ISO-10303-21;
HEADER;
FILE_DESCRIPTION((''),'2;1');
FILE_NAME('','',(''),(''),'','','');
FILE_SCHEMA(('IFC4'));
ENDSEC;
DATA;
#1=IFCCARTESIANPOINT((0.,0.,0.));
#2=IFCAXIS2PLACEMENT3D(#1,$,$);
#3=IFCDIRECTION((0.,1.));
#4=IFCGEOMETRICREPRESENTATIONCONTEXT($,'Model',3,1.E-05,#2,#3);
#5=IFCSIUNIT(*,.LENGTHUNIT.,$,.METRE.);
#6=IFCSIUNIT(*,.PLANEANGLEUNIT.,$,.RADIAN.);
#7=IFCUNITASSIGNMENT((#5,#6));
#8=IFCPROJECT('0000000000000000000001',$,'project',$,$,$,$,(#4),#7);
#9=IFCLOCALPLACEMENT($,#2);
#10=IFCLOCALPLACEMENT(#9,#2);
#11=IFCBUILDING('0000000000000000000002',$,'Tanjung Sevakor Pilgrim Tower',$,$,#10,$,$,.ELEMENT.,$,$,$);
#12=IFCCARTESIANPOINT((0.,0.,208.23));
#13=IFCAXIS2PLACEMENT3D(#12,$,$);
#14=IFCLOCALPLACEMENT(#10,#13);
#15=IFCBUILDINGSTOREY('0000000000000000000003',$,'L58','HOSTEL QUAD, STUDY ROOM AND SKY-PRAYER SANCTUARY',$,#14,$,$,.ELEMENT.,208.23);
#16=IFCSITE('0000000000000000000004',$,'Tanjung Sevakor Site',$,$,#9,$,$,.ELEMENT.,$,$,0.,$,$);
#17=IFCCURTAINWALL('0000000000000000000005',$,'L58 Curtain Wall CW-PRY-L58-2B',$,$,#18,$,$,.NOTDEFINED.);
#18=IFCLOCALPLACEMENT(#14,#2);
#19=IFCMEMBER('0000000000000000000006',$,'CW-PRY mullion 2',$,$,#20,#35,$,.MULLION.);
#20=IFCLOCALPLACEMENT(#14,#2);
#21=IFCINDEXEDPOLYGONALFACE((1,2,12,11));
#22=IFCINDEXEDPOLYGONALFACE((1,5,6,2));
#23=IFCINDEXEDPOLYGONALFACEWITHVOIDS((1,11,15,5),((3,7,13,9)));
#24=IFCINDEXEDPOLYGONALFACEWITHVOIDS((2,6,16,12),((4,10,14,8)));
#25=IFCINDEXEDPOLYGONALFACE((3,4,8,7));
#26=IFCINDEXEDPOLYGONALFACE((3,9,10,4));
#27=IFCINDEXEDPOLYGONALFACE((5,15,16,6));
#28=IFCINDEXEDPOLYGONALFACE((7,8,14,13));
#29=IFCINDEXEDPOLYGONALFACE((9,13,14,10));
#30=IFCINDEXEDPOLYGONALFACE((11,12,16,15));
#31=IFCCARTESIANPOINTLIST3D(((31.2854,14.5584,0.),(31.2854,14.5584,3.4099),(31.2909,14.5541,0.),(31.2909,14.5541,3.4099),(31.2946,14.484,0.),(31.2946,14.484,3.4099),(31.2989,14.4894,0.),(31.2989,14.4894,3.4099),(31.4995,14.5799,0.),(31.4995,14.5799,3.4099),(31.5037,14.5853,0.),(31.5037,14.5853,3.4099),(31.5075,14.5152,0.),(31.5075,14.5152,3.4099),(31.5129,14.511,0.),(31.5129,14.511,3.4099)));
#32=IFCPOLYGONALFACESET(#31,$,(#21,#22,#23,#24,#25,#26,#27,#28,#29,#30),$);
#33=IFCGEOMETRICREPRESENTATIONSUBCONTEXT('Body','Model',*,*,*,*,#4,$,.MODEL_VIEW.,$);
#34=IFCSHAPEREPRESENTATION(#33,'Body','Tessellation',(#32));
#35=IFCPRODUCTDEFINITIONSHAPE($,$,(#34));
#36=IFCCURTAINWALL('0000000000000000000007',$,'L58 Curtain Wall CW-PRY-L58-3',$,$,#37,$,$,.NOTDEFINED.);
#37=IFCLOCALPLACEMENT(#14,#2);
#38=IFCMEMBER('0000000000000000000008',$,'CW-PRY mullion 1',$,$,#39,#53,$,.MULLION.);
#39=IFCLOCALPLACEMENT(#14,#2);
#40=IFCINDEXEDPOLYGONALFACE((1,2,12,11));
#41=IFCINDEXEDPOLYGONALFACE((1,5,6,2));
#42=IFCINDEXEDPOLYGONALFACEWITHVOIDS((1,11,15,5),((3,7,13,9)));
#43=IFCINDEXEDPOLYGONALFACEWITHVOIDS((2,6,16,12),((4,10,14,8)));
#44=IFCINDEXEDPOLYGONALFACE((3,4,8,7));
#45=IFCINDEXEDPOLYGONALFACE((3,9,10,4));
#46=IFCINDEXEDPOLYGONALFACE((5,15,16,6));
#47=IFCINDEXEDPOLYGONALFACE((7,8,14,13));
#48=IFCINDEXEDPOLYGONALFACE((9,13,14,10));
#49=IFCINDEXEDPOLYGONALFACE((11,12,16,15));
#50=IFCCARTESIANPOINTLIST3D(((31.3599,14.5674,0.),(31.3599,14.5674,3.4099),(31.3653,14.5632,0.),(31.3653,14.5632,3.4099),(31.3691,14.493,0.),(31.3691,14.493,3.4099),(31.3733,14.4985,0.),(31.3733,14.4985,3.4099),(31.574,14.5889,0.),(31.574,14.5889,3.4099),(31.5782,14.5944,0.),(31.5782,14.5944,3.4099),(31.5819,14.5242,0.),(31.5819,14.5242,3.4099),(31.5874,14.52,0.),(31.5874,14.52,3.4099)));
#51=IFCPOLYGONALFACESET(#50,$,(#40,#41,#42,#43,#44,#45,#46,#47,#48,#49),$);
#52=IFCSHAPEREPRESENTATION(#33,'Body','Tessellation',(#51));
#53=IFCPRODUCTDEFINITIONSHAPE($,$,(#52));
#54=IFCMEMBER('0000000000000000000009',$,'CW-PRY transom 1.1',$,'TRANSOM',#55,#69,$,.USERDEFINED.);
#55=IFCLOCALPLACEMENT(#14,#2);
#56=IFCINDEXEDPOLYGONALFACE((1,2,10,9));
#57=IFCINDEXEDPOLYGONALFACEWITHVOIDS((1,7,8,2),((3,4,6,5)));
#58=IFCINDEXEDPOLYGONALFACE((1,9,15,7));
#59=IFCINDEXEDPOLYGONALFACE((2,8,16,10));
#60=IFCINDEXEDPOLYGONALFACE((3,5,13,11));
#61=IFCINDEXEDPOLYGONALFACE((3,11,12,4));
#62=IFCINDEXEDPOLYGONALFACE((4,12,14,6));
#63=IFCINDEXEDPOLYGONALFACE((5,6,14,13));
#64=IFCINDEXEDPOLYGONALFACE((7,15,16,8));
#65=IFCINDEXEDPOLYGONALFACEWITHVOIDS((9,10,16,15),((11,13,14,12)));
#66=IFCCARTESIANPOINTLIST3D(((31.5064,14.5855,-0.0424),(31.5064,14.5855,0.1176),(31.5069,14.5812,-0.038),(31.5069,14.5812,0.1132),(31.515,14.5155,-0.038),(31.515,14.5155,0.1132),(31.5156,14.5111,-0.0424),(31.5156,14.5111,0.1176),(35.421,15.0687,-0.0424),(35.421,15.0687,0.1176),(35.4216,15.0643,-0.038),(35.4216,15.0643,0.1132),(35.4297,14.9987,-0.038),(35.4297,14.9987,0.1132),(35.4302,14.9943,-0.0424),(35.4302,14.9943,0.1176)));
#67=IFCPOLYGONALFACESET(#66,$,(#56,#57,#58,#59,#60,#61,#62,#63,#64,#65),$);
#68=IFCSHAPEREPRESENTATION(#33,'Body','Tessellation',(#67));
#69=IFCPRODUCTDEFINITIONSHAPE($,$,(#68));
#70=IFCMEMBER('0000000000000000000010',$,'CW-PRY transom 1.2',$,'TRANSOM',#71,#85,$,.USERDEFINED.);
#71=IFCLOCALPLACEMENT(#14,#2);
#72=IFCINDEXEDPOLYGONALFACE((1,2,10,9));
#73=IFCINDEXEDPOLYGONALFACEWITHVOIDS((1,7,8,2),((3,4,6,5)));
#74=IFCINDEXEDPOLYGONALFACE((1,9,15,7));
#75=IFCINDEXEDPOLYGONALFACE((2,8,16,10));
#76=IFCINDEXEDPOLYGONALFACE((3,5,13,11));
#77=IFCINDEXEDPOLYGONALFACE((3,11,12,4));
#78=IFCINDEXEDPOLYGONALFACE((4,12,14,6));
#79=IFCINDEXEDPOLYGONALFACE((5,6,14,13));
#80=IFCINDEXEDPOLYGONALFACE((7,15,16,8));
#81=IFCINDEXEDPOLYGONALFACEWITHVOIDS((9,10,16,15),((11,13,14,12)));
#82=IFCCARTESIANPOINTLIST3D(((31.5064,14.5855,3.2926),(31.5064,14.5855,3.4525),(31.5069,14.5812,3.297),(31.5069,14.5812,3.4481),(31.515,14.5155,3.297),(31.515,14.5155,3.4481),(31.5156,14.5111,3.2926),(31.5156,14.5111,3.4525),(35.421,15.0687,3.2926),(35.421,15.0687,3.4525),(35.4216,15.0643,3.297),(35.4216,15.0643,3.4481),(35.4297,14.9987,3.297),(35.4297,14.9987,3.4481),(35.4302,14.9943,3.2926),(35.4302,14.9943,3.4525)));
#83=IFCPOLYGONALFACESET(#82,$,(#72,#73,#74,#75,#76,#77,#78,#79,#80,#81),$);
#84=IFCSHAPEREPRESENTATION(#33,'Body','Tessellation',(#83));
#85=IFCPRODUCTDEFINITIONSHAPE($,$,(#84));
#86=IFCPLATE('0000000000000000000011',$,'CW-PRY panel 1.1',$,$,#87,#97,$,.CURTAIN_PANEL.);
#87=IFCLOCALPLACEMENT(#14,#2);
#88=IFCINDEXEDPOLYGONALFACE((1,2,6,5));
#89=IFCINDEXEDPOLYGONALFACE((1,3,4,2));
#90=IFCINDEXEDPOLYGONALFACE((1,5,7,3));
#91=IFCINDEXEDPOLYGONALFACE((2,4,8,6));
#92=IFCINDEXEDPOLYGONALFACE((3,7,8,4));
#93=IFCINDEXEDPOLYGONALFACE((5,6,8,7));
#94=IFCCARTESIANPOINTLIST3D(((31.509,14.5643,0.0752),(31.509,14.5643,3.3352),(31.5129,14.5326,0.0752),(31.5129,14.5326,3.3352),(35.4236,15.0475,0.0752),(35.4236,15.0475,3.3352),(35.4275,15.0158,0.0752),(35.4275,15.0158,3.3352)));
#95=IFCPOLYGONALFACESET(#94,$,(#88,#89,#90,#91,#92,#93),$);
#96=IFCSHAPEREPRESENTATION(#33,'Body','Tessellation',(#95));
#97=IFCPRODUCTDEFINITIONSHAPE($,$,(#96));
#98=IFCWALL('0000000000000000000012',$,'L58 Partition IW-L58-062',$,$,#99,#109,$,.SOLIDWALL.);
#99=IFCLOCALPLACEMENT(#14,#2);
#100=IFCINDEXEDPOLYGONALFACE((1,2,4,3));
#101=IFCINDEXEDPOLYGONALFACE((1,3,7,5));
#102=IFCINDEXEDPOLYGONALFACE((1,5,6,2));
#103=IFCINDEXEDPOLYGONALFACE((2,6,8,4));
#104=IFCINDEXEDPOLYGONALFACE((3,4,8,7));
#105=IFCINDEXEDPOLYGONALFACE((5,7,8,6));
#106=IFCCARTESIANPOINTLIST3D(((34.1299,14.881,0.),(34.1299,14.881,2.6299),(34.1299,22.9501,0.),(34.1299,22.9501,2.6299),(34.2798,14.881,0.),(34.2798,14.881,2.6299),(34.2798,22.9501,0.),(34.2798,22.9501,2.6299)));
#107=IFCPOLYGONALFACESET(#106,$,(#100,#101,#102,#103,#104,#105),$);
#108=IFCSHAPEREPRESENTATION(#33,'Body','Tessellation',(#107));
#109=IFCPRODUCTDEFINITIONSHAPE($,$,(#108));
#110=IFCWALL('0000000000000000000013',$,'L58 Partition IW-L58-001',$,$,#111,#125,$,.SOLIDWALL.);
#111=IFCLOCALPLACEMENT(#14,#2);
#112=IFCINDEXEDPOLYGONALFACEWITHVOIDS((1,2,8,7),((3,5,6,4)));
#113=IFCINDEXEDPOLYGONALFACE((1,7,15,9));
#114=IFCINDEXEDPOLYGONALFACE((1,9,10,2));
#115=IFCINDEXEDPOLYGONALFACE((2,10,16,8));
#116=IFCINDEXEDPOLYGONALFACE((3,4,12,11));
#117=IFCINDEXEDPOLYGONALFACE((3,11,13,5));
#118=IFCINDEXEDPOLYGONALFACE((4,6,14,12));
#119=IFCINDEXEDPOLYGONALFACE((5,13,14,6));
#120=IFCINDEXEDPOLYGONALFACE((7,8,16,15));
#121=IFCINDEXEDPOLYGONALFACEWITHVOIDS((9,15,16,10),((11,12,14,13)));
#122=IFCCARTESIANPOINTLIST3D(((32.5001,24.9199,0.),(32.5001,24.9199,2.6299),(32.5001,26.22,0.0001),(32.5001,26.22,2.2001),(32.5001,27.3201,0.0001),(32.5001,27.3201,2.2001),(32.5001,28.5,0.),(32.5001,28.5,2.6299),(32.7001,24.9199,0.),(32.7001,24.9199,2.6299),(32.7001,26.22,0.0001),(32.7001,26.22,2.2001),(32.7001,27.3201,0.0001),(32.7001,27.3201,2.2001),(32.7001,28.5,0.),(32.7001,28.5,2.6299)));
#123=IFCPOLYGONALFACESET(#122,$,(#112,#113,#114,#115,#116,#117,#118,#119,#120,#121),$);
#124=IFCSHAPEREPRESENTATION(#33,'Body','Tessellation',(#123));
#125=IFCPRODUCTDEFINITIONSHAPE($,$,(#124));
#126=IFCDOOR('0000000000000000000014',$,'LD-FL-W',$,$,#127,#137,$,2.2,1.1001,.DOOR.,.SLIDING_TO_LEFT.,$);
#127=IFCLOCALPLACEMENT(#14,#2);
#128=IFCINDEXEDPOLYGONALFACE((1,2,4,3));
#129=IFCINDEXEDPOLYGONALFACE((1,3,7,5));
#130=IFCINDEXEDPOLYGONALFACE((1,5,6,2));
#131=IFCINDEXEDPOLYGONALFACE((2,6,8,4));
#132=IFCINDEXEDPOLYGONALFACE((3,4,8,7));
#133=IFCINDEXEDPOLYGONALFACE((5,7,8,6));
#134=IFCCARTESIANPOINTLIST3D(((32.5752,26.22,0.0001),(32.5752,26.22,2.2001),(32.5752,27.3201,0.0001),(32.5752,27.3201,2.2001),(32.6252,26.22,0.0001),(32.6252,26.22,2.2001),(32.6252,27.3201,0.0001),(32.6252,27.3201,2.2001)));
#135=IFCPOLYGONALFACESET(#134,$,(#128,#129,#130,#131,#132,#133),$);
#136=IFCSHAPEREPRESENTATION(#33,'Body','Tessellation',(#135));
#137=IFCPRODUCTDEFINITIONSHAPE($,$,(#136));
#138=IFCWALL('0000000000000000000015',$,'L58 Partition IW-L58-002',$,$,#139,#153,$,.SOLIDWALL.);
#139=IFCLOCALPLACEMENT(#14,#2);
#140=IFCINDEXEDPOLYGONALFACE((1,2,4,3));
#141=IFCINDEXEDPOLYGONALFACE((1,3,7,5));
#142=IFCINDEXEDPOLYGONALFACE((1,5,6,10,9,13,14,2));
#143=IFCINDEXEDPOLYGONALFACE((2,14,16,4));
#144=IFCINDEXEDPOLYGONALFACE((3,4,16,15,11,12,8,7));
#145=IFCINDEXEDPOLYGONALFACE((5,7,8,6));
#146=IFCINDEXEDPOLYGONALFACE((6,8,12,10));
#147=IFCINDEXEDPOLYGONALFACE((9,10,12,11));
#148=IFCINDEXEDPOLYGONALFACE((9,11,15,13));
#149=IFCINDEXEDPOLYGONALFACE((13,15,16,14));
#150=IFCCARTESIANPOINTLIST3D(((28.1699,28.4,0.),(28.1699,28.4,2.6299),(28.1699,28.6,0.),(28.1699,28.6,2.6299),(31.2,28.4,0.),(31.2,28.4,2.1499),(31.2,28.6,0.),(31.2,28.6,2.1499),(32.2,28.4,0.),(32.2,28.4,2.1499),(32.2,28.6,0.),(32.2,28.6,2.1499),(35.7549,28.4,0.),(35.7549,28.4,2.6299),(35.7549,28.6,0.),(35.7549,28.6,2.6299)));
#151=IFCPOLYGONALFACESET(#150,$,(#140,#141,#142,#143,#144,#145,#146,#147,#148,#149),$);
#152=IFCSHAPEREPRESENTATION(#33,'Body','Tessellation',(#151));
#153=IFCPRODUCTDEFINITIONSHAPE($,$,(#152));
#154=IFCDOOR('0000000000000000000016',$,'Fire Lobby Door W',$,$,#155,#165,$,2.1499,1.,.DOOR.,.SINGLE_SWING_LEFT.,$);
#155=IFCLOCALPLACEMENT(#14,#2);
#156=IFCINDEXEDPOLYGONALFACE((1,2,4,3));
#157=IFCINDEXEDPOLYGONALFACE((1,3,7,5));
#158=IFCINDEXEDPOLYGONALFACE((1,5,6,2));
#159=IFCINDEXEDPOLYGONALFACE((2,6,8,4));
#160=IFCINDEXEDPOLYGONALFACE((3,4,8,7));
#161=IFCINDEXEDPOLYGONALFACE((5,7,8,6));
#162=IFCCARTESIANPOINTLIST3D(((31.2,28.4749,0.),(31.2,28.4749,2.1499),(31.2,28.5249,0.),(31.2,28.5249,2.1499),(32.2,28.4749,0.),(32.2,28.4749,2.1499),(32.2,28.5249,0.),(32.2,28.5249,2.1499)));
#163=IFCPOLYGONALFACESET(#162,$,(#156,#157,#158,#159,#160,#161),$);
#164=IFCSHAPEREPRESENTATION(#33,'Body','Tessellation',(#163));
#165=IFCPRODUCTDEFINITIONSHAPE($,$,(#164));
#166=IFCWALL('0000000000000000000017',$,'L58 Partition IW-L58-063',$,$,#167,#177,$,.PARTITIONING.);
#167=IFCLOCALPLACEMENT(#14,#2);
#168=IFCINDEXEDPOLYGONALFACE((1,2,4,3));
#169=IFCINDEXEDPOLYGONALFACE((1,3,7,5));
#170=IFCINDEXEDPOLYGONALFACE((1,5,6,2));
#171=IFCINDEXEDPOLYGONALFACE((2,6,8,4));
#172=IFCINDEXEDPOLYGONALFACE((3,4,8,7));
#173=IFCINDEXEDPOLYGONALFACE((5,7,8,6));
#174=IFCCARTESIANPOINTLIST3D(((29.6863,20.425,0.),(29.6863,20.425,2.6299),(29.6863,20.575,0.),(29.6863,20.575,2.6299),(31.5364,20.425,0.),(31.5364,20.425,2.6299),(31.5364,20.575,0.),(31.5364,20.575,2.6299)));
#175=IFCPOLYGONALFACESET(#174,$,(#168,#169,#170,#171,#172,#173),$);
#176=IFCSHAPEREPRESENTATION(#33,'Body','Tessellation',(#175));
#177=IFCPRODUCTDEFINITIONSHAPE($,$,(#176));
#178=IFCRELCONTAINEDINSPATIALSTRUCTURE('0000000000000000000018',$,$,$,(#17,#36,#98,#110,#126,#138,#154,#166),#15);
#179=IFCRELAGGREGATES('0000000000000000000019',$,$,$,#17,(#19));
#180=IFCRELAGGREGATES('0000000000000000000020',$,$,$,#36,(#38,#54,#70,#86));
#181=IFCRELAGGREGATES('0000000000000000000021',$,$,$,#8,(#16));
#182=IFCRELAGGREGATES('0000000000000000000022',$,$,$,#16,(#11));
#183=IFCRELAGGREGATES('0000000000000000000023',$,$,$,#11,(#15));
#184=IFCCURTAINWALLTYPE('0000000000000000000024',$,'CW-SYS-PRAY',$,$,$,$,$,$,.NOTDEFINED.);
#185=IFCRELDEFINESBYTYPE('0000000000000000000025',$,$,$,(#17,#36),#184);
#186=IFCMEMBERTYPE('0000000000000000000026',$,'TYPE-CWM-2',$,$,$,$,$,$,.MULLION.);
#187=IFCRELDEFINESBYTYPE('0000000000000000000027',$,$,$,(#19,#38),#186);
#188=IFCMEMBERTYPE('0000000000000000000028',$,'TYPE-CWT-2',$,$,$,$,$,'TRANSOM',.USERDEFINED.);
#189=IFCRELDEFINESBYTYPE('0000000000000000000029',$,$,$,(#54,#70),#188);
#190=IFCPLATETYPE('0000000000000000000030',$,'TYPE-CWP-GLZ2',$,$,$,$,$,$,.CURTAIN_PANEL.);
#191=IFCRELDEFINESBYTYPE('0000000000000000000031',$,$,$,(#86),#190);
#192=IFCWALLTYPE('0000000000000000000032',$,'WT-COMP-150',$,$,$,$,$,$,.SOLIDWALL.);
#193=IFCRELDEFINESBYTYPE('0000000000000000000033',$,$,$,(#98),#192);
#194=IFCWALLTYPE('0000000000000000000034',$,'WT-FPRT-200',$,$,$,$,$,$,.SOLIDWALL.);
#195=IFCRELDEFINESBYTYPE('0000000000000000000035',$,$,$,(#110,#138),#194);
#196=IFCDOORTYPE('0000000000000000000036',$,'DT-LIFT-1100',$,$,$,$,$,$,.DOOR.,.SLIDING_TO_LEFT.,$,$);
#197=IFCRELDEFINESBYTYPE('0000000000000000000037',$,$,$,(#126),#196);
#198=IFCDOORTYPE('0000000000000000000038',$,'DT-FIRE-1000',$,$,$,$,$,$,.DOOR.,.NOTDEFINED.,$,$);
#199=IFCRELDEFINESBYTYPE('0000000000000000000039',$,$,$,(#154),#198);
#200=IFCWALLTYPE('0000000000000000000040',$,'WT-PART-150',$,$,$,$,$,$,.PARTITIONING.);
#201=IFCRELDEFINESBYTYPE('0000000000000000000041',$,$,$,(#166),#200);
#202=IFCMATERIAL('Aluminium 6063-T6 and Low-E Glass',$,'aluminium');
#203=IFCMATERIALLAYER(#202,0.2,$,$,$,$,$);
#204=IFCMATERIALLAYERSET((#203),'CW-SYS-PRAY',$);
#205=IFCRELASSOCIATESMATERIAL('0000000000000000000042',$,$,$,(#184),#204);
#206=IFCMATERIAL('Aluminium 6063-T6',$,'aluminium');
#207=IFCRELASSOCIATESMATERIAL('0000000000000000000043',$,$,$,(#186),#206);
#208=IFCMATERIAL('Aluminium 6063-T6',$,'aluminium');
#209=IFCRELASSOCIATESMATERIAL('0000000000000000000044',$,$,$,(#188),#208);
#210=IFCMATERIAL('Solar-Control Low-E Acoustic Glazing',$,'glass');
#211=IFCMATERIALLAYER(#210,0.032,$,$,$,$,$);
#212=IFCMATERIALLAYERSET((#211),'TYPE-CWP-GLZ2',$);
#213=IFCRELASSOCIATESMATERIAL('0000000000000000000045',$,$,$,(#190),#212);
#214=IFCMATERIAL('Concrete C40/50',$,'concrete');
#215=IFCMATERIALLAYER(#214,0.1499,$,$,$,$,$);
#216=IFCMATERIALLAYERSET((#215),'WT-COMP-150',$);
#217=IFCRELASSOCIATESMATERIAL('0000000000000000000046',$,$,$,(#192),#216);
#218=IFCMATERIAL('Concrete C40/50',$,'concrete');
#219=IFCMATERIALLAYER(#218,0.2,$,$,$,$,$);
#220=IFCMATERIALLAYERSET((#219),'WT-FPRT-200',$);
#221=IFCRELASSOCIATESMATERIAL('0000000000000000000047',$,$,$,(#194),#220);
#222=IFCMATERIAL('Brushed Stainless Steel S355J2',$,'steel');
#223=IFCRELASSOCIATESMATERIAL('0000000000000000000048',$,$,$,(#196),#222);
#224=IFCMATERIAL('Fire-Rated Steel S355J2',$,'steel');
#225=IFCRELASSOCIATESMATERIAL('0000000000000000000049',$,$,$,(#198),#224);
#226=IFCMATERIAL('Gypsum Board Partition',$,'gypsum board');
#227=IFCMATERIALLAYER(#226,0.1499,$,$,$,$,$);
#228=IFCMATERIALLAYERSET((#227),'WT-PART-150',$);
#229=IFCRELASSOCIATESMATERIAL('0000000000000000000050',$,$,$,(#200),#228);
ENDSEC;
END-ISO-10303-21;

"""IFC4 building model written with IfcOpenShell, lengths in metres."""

from ifc_helpers import new_model, si_unit, direction, frame, frame_2d, origin, origin_2d, place, context, subcontext, project, spatial, rectangle, hollow_rectangle, extrude, material, layer, layer_set, material_profile, profile_set, type_object, element, fill, aggregate, save


model = new_model("IFC4")

# Units and contexts
model_context = context("Model", 3, precision=1e-05, world=origin(), true_north=direction((0.0, 1.0)))
body_context = subcontext(model_context, "Body", "Model", "MODEL_VIEW")
ifc_project = project(units=[si_unit("LENGTHUNIT", "METRE"), si_unit("PLANEANGLEUNIT", "RADIAN")], contexts=[model_context])

# Site, building, storey
site_placement = place(None, origin())
site = spatial("IfcSite", under=ifc_project, at=site_placement, Name="Tanjung Sevakor Site", CompositionType="ELEMENT", RefElevation=0.0)
building_placement = place(site_placement, origin())
building = spatial("IfcBuilding", under=site, at=building_placement, Name="Tanjung Sevakor Pilgrim Tower", CompositionType="ELEMENT")
storey_placement = place(building_placement, frame((0.0, 0.0, 208.23)))
storey = spatial("IfcBuildingStorey", under=building, at=storey_placement, Name="L58", Description="HOSTEL QUAD, STUDY ROOM AND SKY-PRAYER SANCTUARY", CompositionType="ELEMENT", Elevation=208.23)

# Curtain wall, member
ifc_material_1 = material(Name="Aluminium 6063-T6 and Low-E Glass", Category="aluminium")
ifc_layer_1 = layer(ifc_material_1, 0.2)
ifc_layer_set_1 = layer_set([ifc_layer_1], Name="CW-SYS-PRAY")
curtain_wall_type = type_object("IfcCurtainWallType", Name="CW-SYS-PRAY", PredefinedType="NOTDEFINED", material=ifc_layer_set_1)
curtain_wall_1_placement = place(storey_placement, origin())
curtain_wall_1 = element("IfcCurtainWall", 1, at=curtain_wall_1_placement, inside=storey, type_object=curtain_wall_type, Name="L58 Curtain Wall CW-PRY-L58-2B", PredefinedType="NOTDEFINED")
ifc_material_2 = material(Name="Aluminium 6063-T6", Category="aluminium")
ifc_material_profile_1 = material_profile(ifc_material_2, hollow_rectangle(XDim=0.075, YDim=0.22, WallThickness=0.0049, at=origin_2d()))
ifc_profile_set_1 = profile_set([ifc_material_profile_1], Name="Aluminium 6063-T6")
member_type_1 = type_object("IfcMemberType", Name="TYPE-CWM-2", PredefinedType="MULLION", material=ifc_profile_set_1)
member_1_placement = place(storey_placement, frame((31.3992, 14.5347, 0.0), z_axis=(0.0, 0.0, 1.0), x_axis=(-0.122524, 0.992466, 0.0)))
member_1 = element("IfcMember", 2, at=member_1_placement, type_object=member_type_1, Name="CW-PRY mullion 2", PredefinedType="MULLION", context=body_context, shape_type="SweptSolid", body=[
    extrude(hollow_rectangle(XDim=0.075, YDim=0.22, WallThickness=0.0049, at=origin_2d()), origin(), (0.0, 0.0, 1.0), 3.4099),
])
aggregate(curtain_wall_1, [member_1])

# Curtain wall, members, plate
curtain_wall_2_placement = place(storey_placement, origin())
curtain_wall_2 = element("IfcCurtainWall", 3, at=curtain_wall_2_placement, inside=storey, type_object=curtain_wall_type, Name="L58 Curtain Wall CW-PRY-L58-3", PredefinedType="NOTDEFINED")
member_2_placement = place(storey_placement, frame((31.4736, 14.5437, 0.0), z_axis=(0.0, 0.0, 1.0), x_axis=(-0.122511, 0.992467, 0.0)))
member_2 = element("IfcMember", 4, at=member_2_placement, type_object=member_type_1, Name="CW-PRY mullion 1", PredefinedType="MULLION", context=body_context, shape_type="SweptSolid", body=[
    extrude(hollow_rectangle(XDim=0.075, YDim=0.22, WallThickness=0.0049, at=origin_2d()), origin(), (0.0, 0.0, 1.0), 3.4099),
])
ifc_material_3 = material(Name="Aluminium 6063-T6", Category="aluminium")
ifc_material_profile_2 = material_profile(ifc_material_3, hollow_rectangle(XDim=0.075, YDim=0.1599, WallThickness=0.0044, at=origin_2d()))
ifc_profile_set_2 = profile_set([ifc_material_profile_2], Name="Aluminium 6063-T6")
member_type_2 = type_object("IfcMemberType", Name="TYPE-CWT-2", ElementType="TRANSOM", PredefinedType="USERDEFINED", material=ifc_profile_set_2)
member_3_placement = place(storey_placement, frame((31.511, 14.5483, 0.0376), z_axis=(0.992469, 0.122496, 0.0), x_axis=(-0.122496, 0.992469, 0.0)))
member_3 = element("IfcMember", 5, at=member_3_placement, type_object=member_type_2, Name="CW-PRY transom 1.1", ObjectType="TRANSOM", PredefinedType="USERDEFINED", context=body_context, shape_type="SweptSolid", body=[
    extrude(hollow_rectangle(XDim=0.075, YDim=0.1599, WallThickness=0.0044, at=origin_2d()), origin(), (0.0, 0.0, 1.0), 3.9443),
])
member_4_placement = place(storey_placement, frame((31.511, 14.5483, 3.3726), z_axis=(0.992469, 0.122496, 0.0), x_axis=(-0.122496, 0.992469, 0.0)))
member_4 = element("IfcMember", 6, at=member_4_placement, type_object=member_type_2, Name="CW-PRY transom 1.2", ObjectType="TRANSOM", PredefinedType="USERDEFINED", context=body_context, shape_type="SweptSolid", body=[
    extrude(hollow_rectangle(XDim=0.075, YDim=0.1599, WallThickness=0.0044, at=origin_2d()), origin(), (0.0, 0.0, 1.0), 3.9443),
])
ifc_material_4 = material(Name="Solar-Control Low-E Acoustic Glazing", Category="glass")
ifc_layer_2 = layer(ifc_material_4, 0.032)
ifc_layer_set_2 = layer_set([ifc_layer_2], Name="TYPE-CWP-GLZ2")
plate_type = type_object("IfcPlateType", Name="TYPE-CWP-GLZ2", PredefinedType="CURTAIN_PANEL", material=ifc_layer_set_2)
plate_placement = place(storey_placement, frame((33.4683, 14.79, 0.0752), z_axis=(0.0, 0.0, 1.0), x_axis=(0.992467, 0.122511, 0.0)))
plate = element("IfcPlate", 7, at=plate_placement, type_object=plate_type, Name="CW-PRY panel 1.1", PredefinedType="CURTAIN_PANEL", context=body_context, shape_type="SweptSolid", body=[
    extrude(rectangle(XDim=3.9443, YDim=0.032, at=origin_2d()), origin(), (0.0, 0.0, 1.0), 3.26),
])
aggregate(curtain_wall_2, [member_2, member_3, member_4, plate])

# Shared definitions
ifc_material_5 = material(Name="Concrete C40/50", Category="concrete")
ifc_layer_3 = layer(ifc_material_5, 0.1499)
ifc_layer_set_3 = layer_set([ifc_layer_3], Name="WT-COMP-150")
wall_type_1 = type_object("IfcWallType", Name="WT-COMP-150", PredefinedType="SOLIDWALL", material=ifc_layer_set_3)

# Wall
wall_1_placement = place(storey_placement, frame((34.2048, 14.8809, 0.0), z_axis=(0.0, 0.0, 1.0), x_axis=(0.0, 1.0, 0.0)))
element("IfcWall", 8, at=wall_1_placement, inside=storey, type_object=wall_type_1, Name="L58 Partition IW-L58-062", PredefinedType="SOLIDWALL", context=body_context, shape_type="SweptSolid", body=[
    extrude(rectangle(XDim=8.0691, YDim=0.1499, at=frame_2d((4.0347, 0.0))), origin(), (0.0, 0.0, 1.0), 2.6299),
])

# Walls, openings, doors
ifc_material_6 = material(Name="Concrete C40/50", Category="concrete")
ifc_layer_4 = layer(ifc_material_6, 0.2)
ifc_layer_set_4 = layer_set([ifc_layer_4], Name="WT-FPRT-200")
wall_type_2 = type_object("IfcWallType", Name="WT-FPRT-200", PredefinedType="SOLIDWALL", material=ifc_layer_set_4)
wall_2_placement = place(storey_placement, frame((32.6001, 24.9199, 0.0), z_axis=(0.0, 0.0, 1.0), x_axis=(0.0, 1.0, 0.0)))
wall_2 = element("IfcWall", 9, at=wall_2_placement, inside=storey, type_object=wall_type_2, Name="L58 Partition IW-L58-001", PredefinedType="SOLIDWALL", context=body_context, shape_type="SweptSolid", body=[
    extrude(rectangle(XDim=3.5801, YDim=0.2, at=frame_2d((1.79, 0.0))), origin(), (0.0, 0.0, 1.0), 2.6299),
])
opening_1_placement = place(wall_2_placement, frame((1.3, 0.0, 0.0)))
opening_1 = element("IfcOpeningElement", 10, at=opening_1_placement, cuts=wall_2, PredefinedType="OPENING", context=body_context, shape_type="SweptSolid", body=[
    extrude(rectangle(XDim=1.1001, YDim=2.2, at=frame_2d((0.55, 1.1001))), frame((0.0, 0.1099, 0.0), z_axis=(0.0, -1.0, 0.0), x_axis=(1.0, 0.0, 0.0)), (0.0, 0.0, 1.0), 0.22),
])
ifc_material_7 = material(Name="Brushed Stainless Steel S355J2", Category="steel")
door_type_1 = type_object("IfcDoorType", Name="DT-LIFT-1100", OperationType="SLIDING_TO_LEFT", PredefinedType="DOOR", material=ifc_material_7)
door_1_placement = place(opening_1_placement, origin())
door_1 = element("IfcDoor", 11, at=door_1_placement, inside=storey, type_object=door_type_1, Name="LD-FL-W", OperationType="SLIDING_TO_LEFT", OverallHeight=2.2, OverallWidth=1.1001, PredefinedType="DOOR", context=body_context, shape_type="SweptSolid", body=[
    extrude(rectangle(XDim=1.1001, YDim=2.2, at=frame_2d((0.55, 1.1001))), frame((0.0, 0.0249, 0.0), z_axis=(0.0, -1.0, 0.0), x_axis=(1.0, 0.0, 0.0)), (0.0, 0.0, 1.0), 0.05),
])
fill(opening_1, door_1)
wall_3_placement = place(storey_placement, frame((28.1699, 28.5, 0.0), z_axis=(0.0, 0.0, 1.0), x_axis=(1.0, 0.0, 0.0)))
wall_3 = element("IfcWall", 12, at=wall_3_placement, inside=storey, type_object=wall_type_2, Name="L58 Partition IW-L58-002", PredefinedType="SOLIDWALL", context=body_context, shape_type="SweptSolid", body=[
    extrude(rectangle(XDim=7.585, YDim=0.2, at=frame_2d((3.7925, 0.0))), origin(), (0.0, 0.0, 1.0), 2.6299),
])
opening_2_placement = place(wall_3_placement, frame((3.03, 0.0, 0.0)))
opening_2 = element("IfcOpeningElement", 13, at=opening_2_placement, cuts=wall_3, PredefinedType="OPENING", context=body_context, shape_type="SweptSolid", body=[
    extrude(rectangle(XDim=1.0, YDim=2.1499, at=frame_2d((0.5, 1.075))), frame((0.0, 0.1099, 0.0), z_axis=(0.0, -1.0, 0.0), x_axis=(1.0, 0.0, 0.0)), (0.0, 0.0, 1.0), 0.22),
])
ifc_material_8 = material(Name="Fire-Rated Steel S355J2", Category="steel")
door_type_2 = type_object("IfcDoorType", Name="DT-FIRE-1000", OperationType="NOTDEFINED", PredefinedType="DOOR", material=ifc_material_8)
door_2_placement = place(opening_2_placement, origin())
door_2 = element("IfcDoor", 14, at=door_2_placement, inside=storey, type_object=door_type_2, Name="Fire Lobby Door W", OperationType="SINGLE_SWING_LEFT", OverallHeight=2.1499, OverallWidth=1.0, PredefinedType="DOOR", context=body_context, shape_type="SweptSolid", body=[
    extrude(rectangle(XDim=1.0, YDim=2.1499, at=frame_2d((0.5, 1.075))), frame((0.0, 0.0249, 0.0), z_axis=(0.0, -1.0, 0.0), x_axis=(1.0, 0.0, 0.0)), (0.0, 0.0, 1.0), 0.05),
])
fill(opening_2, door_2)

# Wall
ifc_material_9 = material(Name="Gypsum Board Partition", Category="gypsum board")
ifc_layer_5 = layer(ifc_material_9, 0.1499)
ifc_layer_set_5 = layer_set([ifc_layer_5], Name="WT-PART-150")
wall_type_3 = type_object("IfcWallType", Name="WT-PART-150", PredefinedType="PARTITIONING", material=ifc_layer_set_5)
wall_4_placement = place(storey_placement, frame((29.6863, 20.5, 0.0), z_axis=(0.0, 0.0, 1.0), x_axis=(1.0, 0.0, 0.0)))
element("IfcWall", 15, at=wall_4_placement, inside=storey, type_object=wall_type_3, Name="L58 Partition IW-L58-063", PredefinedType="PARTITIONING", context=body_context, shape_type="SweptSolid", body=[
    extrude(rectangle(XDim=1.8501, YDim=0.1499, at=frame_2d((0.925, 0.0))), origin(), (0.0, 0.0, 1.0), 2.6299),
])

save(model, "model.ifc")
